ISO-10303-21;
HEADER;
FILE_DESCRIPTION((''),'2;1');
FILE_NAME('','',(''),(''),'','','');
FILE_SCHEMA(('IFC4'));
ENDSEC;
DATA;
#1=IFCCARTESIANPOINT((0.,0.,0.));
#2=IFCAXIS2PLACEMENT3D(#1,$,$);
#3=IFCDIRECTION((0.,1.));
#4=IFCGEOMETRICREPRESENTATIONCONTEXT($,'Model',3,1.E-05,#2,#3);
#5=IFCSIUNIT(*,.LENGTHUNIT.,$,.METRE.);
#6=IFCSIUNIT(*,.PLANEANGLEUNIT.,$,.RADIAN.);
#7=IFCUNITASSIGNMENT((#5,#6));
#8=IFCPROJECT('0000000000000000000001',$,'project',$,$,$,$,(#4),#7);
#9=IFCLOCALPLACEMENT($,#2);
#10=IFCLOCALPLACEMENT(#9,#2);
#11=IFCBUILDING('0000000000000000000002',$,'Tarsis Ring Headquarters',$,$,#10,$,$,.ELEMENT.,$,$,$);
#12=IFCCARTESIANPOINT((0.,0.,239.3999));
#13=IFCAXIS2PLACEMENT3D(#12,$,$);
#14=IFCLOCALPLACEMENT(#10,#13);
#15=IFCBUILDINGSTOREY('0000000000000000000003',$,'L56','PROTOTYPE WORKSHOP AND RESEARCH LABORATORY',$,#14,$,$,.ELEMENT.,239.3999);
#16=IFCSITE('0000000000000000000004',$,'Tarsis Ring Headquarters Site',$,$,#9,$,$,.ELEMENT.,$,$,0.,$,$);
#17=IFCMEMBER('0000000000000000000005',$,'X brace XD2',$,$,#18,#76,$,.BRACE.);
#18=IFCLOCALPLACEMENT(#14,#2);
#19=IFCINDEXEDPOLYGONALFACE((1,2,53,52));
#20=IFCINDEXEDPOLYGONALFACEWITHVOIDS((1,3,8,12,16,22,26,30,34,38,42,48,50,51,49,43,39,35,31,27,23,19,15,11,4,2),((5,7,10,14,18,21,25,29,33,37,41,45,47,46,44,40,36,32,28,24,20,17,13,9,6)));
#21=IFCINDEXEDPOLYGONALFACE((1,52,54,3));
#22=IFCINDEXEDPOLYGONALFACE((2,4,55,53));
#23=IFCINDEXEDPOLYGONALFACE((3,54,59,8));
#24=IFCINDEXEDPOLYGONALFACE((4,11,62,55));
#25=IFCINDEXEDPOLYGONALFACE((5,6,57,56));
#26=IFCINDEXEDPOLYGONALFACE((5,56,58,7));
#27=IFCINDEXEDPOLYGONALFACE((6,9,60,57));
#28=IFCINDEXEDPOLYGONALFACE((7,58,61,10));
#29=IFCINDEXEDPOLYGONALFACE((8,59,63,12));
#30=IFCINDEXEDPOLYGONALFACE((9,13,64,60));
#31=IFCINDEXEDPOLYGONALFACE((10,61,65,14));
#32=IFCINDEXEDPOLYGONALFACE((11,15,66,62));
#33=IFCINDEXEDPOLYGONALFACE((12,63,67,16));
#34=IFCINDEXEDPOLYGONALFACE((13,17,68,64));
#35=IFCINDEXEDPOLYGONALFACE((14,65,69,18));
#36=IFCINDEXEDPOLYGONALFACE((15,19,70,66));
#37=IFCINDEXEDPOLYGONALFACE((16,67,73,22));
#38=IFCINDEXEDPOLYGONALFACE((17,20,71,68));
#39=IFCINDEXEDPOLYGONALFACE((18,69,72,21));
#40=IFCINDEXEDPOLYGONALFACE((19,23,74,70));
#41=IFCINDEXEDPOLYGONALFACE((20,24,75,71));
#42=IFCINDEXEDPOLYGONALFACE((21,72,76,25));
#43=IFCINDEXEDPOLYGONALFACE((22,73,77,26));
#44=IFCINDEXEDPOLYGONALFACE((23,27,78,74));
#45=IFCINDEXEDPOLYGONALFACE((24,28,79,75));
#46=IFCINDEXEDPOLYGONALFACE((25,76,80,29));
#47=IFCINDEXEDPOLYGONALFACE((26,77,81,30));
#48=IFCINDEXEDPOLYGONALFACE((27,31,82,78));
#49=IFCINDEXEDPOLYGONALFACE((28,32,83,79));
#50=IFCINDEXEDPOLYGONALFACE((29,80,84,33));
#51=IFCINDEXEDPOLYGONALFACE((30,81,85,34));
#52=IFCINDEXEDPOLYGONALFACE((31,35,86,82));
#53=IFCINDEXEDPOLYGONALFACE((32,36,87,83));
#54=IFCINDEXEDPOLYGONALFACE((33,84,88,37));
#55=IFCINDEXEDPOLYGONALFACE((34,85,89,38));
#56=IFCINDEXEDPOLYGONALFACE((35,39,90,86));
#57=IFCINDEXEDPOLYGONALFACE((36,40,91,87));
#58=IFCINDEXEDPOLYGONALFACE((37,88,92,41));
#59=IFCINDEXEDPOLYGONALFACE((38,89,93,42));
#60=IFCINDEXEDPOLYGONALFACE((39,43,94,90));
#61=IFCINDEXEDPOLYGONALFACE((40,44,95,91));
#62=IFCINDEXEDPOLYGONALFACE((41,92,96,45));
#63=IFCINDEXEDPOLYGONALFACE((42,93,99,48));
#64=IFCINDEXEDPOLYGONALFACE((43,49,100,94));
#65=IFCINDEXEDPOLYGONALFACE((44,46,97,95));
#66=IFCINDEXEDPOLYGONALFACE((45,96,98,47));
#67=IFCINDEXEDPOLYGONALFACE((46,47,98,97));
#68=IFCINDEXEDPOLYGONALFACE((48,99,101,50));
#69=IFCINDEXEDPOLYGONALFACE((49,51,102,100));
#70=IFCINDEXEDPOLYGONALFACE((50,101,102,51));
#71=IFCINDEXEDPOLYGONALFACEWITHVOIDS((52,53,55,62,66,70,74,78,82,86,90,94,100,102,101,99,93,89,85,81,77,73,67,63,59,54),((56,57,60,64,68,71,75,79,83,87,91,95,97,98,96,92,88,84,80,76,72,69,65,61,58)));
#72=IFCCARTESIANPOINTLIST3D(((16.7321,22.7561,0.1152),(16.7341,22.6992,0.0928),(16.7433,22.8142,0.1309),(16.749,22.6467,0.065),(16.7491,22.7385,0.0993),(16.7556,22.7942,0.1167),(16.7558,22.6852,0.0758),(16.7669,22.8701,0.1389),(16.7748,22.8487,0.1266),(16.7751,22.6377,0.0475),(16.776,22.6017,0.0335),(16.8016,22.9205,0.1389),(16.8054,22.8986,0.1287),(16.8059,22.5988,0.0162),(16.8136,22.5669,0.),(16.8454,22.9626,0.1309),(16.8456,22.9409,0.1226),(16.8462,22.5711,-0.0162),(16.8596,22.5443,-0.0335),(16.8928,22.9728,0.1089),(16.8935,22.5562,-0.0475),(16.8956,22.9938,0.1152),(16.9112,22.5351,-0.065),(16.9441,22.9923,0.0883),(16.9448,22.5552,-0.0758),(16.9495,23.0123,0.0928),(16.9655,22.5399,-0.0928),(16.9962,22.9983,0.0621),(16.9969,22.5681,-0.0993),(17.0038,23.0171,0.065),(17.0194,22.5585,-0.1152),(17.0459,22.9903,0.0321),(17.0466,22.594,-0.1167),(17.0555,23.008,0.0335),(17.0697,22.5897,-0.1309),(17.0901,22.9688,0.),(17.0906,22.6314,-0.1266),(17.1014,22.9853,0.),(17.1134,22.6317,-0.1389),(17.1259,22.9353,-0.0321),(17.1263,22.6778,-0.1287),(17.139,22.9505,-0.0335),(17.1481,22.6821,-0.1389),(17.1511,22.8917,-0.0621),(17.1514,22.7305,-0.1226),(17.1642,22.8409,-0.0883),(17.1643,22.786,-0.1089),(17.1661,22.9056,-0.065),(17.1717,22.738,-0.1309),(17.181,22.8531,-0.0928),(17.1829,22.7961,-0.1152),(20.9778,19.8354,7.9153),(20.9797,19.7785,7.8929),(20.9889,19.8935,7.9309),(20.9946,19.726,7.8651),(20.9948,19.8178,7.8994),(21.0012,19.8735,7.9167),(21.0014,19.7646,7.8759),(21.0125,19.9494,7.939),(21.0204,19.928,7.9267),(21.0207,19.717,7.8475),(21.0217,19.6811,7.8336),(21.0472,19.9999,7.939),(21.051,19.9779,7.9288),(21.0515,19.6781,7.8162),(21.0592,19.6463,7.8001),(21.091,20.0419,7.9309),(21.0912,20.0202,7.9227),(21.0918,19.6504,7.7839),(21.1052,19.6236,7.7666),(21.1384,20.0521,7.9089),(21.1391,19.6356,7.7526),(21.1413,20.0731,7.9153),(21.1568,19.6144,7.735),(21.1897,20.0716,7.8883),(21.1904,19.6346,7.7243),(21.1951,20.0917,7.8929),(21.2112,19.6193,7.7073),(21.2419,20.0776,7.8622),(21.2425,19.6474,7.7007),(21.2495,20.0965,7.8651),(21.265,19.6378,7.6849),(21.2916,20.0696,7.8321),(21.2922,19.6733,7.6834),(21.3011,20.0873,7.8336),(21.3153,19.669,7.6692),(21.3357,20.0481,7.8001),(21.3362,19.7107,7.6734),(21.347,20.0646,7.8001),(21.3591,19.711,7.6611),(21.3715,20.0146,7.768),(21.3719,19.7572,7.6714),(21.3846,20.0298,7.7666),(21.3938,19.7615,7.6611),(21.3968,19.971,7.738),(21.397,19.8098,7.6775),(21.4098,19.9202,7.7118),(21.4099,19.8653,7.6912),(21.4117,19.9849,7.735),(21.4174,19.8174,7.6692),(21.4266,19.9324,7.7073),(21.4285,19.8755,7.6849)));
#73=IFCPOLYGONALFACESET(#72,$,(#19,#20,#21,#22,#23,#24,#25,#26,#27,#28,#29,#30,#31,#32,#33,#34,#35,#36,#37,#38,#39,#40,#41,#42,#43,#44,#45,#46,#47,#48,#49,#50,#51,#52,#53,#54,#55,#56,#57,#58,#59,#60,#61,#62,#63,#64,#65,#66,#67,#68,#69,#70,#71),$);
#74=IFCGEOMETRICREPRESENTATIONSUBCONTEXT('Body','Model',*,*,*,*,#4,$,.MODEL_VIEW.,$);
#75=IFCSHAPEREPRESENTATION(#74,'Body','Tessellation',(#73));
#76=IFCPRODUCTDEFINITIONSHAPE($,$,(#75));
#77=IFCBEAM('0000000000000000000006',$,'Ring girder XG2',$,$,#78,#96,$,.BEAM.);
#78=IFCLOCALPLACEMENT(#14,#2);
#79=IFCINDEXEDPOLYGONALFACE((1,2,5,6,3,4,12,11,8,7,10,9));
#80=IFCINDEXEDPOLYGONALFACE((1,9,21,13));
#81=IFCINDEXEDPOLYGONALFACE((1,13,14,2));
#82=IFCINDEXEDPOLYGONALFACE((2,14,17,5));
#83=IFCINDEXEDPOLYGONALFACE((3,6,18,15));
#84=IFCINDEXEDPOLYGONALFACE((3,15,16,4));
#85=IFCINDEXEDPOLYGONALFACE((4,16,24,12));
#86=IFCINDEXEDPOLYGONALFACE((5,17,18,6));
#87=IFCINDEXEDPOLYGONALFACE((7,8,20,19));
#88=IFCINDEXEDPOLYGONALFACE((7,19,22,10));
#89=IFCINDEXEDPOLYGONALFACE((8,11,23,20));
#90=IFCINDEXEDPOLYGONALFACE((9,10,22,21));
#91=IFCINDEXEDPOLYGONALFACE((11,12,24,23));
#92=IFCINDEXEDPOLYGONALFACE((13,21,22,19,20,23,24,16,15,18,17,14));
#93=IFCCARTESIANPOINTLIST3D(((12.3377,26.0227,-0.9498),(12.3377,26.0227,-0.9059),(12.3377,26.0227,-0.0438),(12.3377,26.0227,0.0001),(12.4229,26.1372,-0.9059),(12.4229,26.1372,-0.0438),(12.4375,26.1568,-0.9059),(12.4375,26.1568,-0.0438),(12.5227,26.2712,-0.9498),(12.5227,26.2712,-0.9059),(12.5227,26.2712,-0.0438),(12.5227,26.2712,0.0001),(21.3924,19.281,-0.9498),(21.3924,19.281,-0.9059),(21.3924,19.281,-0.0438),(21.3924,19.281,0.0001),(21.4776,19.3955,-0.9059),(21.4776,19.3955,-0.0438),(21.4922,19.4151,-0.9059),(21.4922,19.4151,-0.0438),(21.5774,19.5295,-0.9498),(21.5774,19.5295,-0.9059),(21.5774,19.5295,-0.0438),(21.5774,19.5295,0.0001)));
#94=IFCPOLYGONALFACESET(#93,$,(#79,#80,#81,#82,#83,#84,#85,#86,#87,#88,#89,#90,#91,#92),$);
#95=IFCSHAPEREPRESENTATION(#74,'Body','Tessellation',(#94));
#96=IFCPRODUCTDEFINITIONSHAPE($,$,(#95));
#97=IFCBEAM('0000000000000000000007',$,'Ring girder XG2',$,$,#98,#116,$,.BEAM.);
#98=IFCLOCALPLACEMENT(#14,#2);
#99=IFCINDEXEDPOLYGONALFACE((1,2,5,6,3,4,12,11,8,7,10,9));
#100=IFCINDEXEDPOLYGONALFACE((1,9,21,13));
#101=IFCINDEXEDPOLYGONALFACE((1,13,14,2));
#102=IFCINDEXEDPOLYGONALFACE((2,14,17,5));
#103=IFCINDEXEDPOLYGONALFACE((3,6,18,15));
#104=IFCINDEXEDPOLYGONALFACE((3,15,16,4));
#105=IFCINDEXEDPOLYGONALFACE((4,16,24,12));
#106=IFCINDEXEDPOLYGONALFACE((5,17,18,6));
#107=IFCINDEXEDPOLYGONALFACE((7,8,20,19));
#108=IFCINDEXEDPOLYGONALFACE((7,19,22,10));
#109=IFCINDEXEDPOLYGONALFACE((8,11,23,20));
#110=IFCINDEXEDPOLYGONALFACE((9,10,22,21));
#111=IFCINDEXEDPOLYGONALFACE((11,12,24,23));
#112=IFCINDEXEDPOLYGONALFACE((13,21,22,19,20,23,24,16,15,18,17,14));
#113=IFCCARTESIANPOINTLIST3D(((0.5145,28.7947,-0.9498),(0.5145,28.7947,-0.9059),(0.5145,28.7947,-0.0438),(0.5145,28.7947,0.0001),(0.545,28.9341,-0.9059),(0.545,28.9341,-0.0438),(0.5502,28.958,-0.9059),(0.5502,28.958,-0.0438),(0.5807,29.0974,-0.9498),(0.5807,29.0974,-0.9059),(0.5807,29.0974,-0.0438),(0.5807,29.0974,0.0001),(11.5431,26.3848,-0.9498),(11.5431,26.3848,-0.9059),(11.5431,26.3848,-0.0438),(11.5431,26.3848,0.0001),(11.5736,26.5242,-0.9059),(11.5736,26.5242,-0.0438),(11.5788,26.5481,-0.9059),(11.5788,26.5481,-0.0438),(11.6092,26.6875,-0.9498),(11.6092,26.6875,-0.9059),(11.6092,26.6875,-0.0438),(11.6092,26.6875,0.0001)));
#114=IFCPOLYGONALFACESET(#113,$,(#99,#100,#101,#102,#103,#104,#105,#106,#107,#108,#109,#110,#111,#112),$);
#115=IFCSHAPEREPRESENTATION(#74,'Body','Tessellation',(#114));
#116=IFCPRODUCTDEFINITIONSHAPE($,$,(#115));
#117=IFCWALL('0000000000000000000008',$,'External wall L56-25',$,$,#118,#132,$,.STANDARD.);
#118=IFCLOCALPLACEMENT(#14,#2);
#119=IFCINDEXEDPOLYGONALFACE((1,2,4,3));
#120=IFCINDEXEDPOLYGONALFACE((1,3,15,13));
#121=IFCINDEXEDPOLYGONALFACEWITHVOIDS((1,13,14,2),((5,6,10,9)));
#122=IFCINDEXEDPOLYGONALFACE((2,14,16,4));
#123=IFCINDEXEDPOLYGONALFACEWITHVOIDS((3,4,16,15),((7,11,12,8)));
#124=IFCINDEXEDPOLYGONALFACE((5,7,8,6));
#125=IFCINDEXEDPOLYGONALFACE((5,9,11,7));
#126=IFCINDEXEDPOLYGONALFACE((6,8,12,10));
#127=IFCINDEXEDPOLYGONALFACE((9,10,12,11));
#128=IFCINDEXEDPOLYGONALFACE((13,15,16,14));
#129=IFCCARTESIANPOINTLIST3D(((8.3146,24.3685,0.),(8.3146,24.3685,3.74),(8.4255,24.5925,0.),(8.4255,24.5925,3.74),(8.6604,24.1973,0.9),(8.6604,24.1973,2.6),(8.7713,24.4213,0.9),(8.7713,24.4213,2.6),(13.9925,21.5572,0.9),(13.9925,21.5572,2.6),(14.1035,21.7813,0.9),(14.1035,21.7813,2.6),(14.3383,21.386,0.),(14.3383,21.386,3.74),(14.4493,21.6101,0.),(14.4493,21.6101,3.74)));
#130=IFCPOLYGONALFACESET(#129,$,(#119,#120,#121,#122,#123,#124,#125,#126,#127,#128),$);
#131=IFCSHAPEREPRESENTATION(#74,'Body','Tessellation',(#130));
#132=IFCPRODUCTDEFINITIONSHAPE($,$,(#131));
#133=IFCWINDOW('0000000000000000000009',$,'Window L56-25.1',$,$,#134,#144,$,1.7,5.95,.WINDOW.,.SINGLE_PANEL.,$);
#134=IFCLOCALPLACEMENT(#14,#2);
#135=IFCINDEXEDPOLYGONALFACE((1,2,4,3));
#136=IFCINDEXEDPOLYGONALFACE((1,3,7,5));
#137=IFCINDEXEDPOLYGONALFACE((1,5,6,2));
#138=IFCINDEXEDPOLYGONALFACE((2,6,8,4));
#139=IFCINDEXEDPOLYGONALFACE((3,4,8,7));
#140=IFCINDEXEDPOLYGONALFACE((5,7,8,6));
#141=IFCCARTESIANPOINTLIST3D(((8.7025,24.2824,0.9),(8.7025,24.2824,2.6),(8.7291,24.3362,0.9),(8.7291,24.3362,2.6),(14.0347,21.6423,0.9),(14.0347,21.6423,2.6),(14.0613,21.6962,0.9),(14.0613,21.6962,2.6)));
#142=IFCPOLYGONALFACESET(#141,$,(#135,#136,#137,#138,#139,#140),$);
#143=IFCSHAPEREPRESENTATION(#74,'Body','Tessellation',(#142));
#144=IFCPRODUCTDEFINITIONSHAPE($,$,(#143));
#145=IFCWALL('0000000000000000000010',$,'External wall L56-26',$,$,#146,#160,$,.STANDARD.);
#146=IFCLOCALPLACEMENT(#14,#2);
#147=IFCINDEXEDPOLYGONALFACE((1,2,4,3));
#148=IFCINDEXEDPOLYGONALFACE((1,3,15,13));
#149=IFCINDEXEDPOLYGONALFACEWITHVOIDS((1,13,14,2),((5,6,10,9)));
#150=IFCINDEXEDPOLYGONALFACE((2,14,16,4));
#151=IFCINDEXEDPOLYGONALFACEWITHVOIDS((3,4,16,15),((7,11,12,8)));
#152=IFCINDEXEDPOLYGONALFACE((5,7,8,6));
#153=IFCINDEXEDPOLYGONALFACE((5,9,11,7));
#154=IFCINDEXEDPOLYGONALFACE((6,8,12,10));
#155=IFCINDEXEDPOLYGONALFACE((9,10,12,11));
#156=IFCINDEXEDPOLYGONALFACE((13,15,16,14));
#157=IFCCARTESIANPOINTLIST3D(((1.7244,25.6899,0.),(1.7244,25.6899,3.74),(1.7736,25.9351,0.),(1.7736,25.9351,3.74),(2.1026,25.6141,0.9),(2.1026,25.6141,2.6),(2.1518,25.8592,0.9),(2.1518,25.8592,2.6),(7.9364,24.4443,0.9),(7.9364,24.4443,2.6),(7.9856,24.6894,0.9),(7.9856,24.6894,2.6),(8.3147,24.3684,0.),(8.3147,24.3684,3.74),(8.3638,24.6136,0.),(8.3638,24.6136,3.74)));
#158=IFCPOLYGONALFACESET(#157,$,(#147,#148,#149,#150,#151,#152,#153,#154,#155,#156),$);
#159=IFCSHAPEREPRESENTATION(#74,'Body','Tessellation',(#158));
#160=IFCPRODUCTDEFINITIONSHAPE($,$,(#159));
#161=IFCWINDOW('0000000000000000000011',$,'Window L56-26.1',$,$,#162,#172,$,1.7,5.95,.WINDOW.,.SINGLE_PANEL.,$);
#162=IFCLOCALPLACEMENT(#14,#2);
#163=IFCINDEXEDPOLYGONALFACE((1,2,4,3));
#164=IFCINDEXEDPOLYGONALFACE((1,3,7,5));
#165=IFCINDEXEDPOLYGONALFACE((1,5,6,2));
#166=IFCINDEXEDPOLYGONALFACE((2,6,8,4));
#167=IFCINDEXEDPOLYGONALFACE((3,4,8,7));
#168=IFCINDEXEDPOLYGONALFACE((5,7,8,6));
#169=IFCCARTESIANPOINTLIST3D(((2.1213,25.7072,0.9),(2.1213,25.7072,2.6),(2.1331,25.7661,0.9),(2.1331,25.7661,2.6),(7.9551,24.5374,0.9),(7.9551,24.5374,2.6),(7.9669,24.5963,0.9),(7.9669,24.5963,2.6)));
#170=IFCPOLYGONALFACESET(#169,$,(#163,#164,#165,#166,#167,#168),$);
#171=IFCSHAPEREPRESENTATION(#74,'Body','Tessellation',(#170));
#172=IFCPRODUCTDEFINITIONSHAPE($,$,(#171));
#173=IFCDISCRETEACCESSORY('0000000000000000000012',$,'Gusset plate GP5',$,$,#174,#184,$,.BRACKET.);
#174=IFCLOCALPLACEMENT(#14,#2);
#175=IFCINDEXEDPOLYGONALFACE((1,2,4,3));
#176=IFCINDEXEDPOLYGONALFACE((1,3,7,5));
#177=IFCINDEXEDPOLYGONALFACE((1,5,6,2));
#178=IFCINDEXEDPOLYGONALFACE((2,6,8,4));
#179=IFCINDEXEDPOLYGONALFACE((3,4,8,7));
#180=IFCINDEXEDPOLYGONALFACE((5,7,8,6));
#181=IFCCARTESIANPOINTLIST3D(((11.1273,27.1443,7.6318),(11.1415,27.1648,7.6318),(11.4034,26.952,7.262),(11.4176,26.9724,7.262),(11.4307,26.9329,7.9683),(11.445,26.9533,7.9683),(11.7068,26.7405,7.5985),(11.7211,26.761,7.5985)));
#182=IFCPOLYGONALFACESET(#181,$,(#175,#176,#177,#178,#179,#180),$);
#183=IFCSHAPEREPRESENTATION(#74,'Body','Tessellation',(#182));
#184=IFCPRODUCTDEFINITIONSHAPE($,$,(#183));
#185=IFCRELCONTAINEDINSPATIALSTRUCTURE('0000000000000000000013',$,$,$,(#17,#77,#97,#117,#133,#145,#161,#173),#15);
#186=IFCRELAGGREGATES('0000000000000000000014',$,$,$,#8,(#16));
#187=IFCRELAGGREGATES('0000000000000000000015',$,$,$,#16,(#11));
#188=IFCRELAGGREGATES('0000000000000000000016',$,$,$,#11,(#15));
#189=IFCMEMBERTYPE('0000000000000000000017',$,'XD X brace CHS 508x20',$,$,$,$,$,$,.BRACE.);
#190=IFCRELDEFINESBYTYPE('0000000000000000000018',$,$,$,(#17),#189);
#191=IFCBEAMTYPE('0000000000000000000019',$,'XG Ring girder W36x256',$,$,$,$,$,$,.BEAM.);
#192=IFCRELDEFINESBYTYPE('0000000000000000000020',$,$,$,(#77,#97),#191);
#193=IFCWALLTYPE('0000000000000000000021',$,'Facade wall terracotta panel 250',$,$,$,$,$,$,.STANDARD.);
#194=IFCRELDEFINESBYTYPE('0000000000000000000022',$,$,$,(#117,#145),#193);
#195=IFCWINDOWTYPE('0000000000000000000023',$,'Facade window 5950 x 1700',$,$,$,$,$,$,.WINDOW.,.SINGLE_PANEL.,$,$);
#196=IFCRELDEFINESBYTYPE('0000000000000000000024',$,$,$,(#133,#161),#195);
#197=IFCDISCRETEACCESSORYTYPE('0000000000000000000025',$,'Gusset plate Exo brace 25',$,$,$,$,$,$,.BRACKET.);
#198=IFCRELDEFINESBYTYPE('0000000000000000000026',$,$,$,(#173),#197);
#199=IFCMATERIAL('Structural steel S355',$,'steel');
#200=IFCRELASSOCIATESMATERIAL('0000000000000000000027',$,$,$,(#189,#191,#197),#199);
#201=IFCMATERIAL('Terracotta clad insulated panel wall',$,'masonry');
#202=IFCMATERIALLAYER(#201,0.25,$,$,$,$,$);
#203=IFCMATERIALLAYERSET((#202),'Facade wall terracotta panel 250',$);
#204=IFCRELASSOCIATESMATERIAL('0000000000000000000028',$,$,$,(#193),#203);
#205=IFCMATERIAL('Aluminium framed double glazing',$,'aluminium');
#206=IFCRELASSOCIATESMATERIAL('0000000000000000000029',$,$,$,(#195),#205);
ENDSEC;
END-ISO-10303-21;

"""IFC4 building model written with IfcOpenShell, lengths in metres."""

from ifc_helpers import new_model, si_unit, direction, frame, frame_2d, origin, origin_2d, place, context, subcontext, project, spatial, rectangle, hollow_circle, i_section, extrude, material, layer, layer_set, material_profile, profile_set, type_object, element, fill, save


model = new_model("IFC4")

# Units and contexts
model_context = context("Model", 3, precision=1e-05, world=origin(), true_north=direction((0.0, 1.0)))
body_context = subcontext(model_context, "Body", "Model", "MODEL_VIEW")
ifc_project = project(units=[si_unit("LENGTHUNIT", "METRE"), si_unit("PLANEANGLEUNIT", "RADIAN")], contexts=[model_context])

# Site, building, storey
site_placement = place(None, origin())
site = spatial("IfcSite", under=ifc_project, at=site_placement, Name="Tarsis Ring Headquarters Site", CompositionType="ELEMENT", RefElevation=0.0)
building_placement = place(site_placement, origin())
building = spatial("IfcBuilding", under=site, at=building_placement, Name="Tarsis Ring Headquarters", CompositionType="ELEMENT")
storey_placement = place(building_placement, frame((0.0, 0.0, 239.3999)))
storey = spatial("IfcBuildingStorey", under=building, at=storey_placement, Name="L56", Description="PROTOTYPE WORKSHOP AND RESEARCH LABORATORY", CompositionType="ELEMENT", Elevation=239.3999)

# Shared definitions
ifc_material_1 = material(Name="Structural steel S355", Category="steel")

# Shared definitions
ifc_material_profile_1 = material_profile(ifc_material_1, i_section(OverallWidth=0.3098, OverallDepth=0.95, WebThickness=0.0244, FlangeThickness=0.0439, at=origin_2d()), Name="W36x256")
ifc_profile_set_1 = profile_set([ifc_material_profile_1], Name="Structural steel S355")

# Member
ifc_material_profile_2 = material_profile(ifc_material_1, hollow_circle(Radius=0.2539, WallThickness=0.02, at=origin_2d()), Name="CHS 508x20")
ifc_profile_set_2 = profile_set([ifc_material_profile_2], Name="Structural steel S355")
member_type = type_object("IfcMemberType", Name="XD X brace CHS 508x20", PredefinedType="BRACE", material=ifc_profile_set_2)
member_1_placement = place(storey_placement, frame((16.9575, 22.7761, 0.0), z_axis=(0.454144, -0.312417, 0.834356), x_axis=(0.566766, 0.823879, 0.0)))
element("IfcMember", 1, at=member_1_placement, inside=storey, type_object=member_type, Name="X brace XD2", PredefinedType="BRACE", context=body_context, shape_type="SweptSolid", body=[
    extrude(hollow_circle(Radius=0.2539, WallThickness=0.02, at=origin_2d()), origin(), (0.0, 0.0, 1.0), 9.3486),
])

# Beams
beam_type_1 = type_object("IfcBeamType", Name="XG Ring girder W36x256", PredefinedType="BEAM", material=ifc_profile_set_1)
for number, where, z_axis, x_axis, name in (
    (2, (21.4849, 19.4053, -0.4749), (-0.802092, 0.5972, 0.0), (-0.5972, -0.802092, 0.0), "Ring girder XG2"),
    (3, (11.5762, 26.5361, -0.4749), (-0.976948, 0.213478, 0.0), (-0.213478, -0.976948, 0.0), "Ring girder XG2"),
):
    element("IfcBeam", number, at=place(storey_placement, frame(where, z_axis=z_axis, x_axis=x_axis)), inside=storey, type_object=beam_type_1, Name=name, PredefinedType="BEAM", context=body_context, shape_type="SweptSolid", body=[
        extrude(i_section(OverallWidth=0.3098, OverallDepth=0.95, WebThickness=0.0244, FlangeThickness=0.0439, at=origin_2d()), origin(), (0.0, 0.0, 1.0), 11.2888),
    ])

# Walls, openings, windows
ifc_material_2 = material(Name="Terracotta clad insulated panel wall", Category="masonry")
ifc_layer = layer(ifc_material_2, 0.25)
ifc_layer_set = layer_set([ifc_layer], Name="Facade wall terracotta panel 250")
wall_type = type_object("IfcWallType", Name="Facade wall terracotta panel 250", PredefinedType="STANDARD", material=ifc_layer_set)
wall_1_placement = place(storey_placement, frame((14.3938, 21.498, 0.0), z_axis=(0.0, 0.0, 1.0), x_axis=(-0.896171, 0.443709, 0.0)))
wall_1 = element("IfcWall", 4, at=wall_1_placement, inside=storey, type_object=wall_type, Name="External wall L56-25", PredefinedType="STANDARD", context=body_context, shape_type="SweptSolid", body=[
    extrude(rectangle(XDim=6.7217, YDim=0.25, at=frame_2d((3.3608, 0.0))), origin(), (0.0, 0.0, 1.0), 3.74),
])
opening_1_placement = place(wall_1_placement, frame((0.3857, 0.0, 0.8999)))
opening_1 = element("IfcOpeningElement", 5, at=opening_1_placement, cuts=wall_1, PredefinedType="OPENING", context=body_context, shape_type="SweptSolid", body=[
    extrude(rectangle(XDim=5.95, YDim=1.7, at=frame_2d((2.9751, 0.8501))), frame((0.0, 0.135, 0.0), z_axis=(0.0, -1.0, 0.0), x_axis=(1.0, 0.0, 0.0)), (0.0, 0.0, 1.0), 0.27),
])
ifc_material_3 = material(Name="Aluminium framed double glazing", Category="aluminium")
window_type = type_object("IfcWindowType", Name="Facade window 5950 x 1700", PartitioningType="SINGLE_PANEL", PredefinedType="WINDOW", material=ifc_material_3)
window_1_placement = place(opening_1_placement, origin())
window_1 = element("IfcWindow", 6, at=window_1_placement, inside=storey, type_object=window_type, Name="Window L56-25.1", OverallHeight=1.7, OverallWidth=5.95, PartitioningType="SINGLE_PANEL", PredefinedType="WINDOW", context=body_context, shape_type="SweptSolid", body=[
    extrude(rectangle(XDim=5.95, YDim=1.7, at=frame_2d((2.9751, 0.8501))), frame((0.0, 0.03, 0.0), z_axis=(0.0, -1.0, 0.0), x_axis=(1.0, 0.0, 0.0)), (0.0, 0.0, 1.0), 0.0601),
])
fill(opening_1, window_1)
wall_2_placement = place(storey_placement, frame((8.3394, 24.491, 0.0), z_axis=(0.0, 0.0, 1.0), x_axis=(-0.980481, 0.196612, 0.0)))
wall_2 = element("IfcWall", 7, at=wall_2_placement, inside=storey, type_object=wall_type, Name="External wall L56-26", PredefinedType="STANDARD", context=body_context, shape_type="SweptSolid", body=[
    extrude(rectangle(XDim=6.7214, YDim=0.25, at=frame_2d((3.3608, 0.0))), origin(), (0.0, 0.0, 1.0), 3.74),
])
opening_2_placement = place(wall_2_placement, frame((0.3857, 0.0, 0.8999)))
opening_2 = element("IfcOpeningElement", 8, at=opening_2_placement, cuts=wall_2, PredefinedType="OPENING", context=body_context, shape_type="SweptSolid", body=[
    extrude(rectangle(XDim=5.95, YDim=1.7, at=frame_2d((2.9751, 0.8501))), frame((0.0, 0.135, 0.0), z_axis=(0.0, -1.0, 0.0), x_axis=(1.0, 0.0, 0.0)), (0.0, 0.0, 1.0), 0.27),
])
window_2_placement = place(opening_2_placement, origin())
window_2 = element("IfcWindow", 9, at=window_2_placement, inside=storey, type_object=window_type, Name="Window L56-26.1", OverallHeight=1.7, OverallWidth=5.95, PartitioningType="SINGLE_PANEL", PredefinedType="WINDOW", context=body_context, shape_type="SweptSolid", body=[
    extrude(rectangle(XDim=5.95, YDim=1.7, at=frame_2d((2.9751, 0.8501))), frame((0.0, 0.03, 0.0), z_axis=(0.0, -1.0, 0.0), x_axis=(1.0, 0.0, 0.0)), (0.0, 0.0, 1.0), 0.0601),
])
fill(opening_2, window_2)

# Discrete accessory
ifc_material_profile_3 = material_profile(ifc_material_1, rectangle(XDim=0.0249, YDim=0.5, at=origin_2d()), Name="PL 25x500")
ifc_profile_set_3 = profile_set([ifc_material_profile_3], Name="Structural steel S355")
discrete_accessory_type = type_object("IfcDiscreteAccessoryType", Name="Gusset plate Exo brace 25", PredefinedType="BRACKET", material=ifc_profile_set_3)
for number, where, z_axis, x_axis, name in (
    (10, (11.2861, 27.0488, 7.8), (0.552179, -0.384719, -0.739656), (0.571659, 0.820491, 0.0), "Gusset plate GP5"),
):
    element("IfcDiscreteAccessory", number, at=place(storey_placement, frame(where, z_axis=z_axis, x_axis=x_axis)), inside=storey, type_object=discrete_accessory_type, Name=name, PredefinedType="BRACKET", context=body_context, shape_type="SweptSolid", body=[
        extrude(rectangle(XDim=0.0249, YDim=0.5, at=origin_2d()), origin(), (0.0, 0.0, 1.0), 0.5),
    ])

save(model, "model.ifc")
